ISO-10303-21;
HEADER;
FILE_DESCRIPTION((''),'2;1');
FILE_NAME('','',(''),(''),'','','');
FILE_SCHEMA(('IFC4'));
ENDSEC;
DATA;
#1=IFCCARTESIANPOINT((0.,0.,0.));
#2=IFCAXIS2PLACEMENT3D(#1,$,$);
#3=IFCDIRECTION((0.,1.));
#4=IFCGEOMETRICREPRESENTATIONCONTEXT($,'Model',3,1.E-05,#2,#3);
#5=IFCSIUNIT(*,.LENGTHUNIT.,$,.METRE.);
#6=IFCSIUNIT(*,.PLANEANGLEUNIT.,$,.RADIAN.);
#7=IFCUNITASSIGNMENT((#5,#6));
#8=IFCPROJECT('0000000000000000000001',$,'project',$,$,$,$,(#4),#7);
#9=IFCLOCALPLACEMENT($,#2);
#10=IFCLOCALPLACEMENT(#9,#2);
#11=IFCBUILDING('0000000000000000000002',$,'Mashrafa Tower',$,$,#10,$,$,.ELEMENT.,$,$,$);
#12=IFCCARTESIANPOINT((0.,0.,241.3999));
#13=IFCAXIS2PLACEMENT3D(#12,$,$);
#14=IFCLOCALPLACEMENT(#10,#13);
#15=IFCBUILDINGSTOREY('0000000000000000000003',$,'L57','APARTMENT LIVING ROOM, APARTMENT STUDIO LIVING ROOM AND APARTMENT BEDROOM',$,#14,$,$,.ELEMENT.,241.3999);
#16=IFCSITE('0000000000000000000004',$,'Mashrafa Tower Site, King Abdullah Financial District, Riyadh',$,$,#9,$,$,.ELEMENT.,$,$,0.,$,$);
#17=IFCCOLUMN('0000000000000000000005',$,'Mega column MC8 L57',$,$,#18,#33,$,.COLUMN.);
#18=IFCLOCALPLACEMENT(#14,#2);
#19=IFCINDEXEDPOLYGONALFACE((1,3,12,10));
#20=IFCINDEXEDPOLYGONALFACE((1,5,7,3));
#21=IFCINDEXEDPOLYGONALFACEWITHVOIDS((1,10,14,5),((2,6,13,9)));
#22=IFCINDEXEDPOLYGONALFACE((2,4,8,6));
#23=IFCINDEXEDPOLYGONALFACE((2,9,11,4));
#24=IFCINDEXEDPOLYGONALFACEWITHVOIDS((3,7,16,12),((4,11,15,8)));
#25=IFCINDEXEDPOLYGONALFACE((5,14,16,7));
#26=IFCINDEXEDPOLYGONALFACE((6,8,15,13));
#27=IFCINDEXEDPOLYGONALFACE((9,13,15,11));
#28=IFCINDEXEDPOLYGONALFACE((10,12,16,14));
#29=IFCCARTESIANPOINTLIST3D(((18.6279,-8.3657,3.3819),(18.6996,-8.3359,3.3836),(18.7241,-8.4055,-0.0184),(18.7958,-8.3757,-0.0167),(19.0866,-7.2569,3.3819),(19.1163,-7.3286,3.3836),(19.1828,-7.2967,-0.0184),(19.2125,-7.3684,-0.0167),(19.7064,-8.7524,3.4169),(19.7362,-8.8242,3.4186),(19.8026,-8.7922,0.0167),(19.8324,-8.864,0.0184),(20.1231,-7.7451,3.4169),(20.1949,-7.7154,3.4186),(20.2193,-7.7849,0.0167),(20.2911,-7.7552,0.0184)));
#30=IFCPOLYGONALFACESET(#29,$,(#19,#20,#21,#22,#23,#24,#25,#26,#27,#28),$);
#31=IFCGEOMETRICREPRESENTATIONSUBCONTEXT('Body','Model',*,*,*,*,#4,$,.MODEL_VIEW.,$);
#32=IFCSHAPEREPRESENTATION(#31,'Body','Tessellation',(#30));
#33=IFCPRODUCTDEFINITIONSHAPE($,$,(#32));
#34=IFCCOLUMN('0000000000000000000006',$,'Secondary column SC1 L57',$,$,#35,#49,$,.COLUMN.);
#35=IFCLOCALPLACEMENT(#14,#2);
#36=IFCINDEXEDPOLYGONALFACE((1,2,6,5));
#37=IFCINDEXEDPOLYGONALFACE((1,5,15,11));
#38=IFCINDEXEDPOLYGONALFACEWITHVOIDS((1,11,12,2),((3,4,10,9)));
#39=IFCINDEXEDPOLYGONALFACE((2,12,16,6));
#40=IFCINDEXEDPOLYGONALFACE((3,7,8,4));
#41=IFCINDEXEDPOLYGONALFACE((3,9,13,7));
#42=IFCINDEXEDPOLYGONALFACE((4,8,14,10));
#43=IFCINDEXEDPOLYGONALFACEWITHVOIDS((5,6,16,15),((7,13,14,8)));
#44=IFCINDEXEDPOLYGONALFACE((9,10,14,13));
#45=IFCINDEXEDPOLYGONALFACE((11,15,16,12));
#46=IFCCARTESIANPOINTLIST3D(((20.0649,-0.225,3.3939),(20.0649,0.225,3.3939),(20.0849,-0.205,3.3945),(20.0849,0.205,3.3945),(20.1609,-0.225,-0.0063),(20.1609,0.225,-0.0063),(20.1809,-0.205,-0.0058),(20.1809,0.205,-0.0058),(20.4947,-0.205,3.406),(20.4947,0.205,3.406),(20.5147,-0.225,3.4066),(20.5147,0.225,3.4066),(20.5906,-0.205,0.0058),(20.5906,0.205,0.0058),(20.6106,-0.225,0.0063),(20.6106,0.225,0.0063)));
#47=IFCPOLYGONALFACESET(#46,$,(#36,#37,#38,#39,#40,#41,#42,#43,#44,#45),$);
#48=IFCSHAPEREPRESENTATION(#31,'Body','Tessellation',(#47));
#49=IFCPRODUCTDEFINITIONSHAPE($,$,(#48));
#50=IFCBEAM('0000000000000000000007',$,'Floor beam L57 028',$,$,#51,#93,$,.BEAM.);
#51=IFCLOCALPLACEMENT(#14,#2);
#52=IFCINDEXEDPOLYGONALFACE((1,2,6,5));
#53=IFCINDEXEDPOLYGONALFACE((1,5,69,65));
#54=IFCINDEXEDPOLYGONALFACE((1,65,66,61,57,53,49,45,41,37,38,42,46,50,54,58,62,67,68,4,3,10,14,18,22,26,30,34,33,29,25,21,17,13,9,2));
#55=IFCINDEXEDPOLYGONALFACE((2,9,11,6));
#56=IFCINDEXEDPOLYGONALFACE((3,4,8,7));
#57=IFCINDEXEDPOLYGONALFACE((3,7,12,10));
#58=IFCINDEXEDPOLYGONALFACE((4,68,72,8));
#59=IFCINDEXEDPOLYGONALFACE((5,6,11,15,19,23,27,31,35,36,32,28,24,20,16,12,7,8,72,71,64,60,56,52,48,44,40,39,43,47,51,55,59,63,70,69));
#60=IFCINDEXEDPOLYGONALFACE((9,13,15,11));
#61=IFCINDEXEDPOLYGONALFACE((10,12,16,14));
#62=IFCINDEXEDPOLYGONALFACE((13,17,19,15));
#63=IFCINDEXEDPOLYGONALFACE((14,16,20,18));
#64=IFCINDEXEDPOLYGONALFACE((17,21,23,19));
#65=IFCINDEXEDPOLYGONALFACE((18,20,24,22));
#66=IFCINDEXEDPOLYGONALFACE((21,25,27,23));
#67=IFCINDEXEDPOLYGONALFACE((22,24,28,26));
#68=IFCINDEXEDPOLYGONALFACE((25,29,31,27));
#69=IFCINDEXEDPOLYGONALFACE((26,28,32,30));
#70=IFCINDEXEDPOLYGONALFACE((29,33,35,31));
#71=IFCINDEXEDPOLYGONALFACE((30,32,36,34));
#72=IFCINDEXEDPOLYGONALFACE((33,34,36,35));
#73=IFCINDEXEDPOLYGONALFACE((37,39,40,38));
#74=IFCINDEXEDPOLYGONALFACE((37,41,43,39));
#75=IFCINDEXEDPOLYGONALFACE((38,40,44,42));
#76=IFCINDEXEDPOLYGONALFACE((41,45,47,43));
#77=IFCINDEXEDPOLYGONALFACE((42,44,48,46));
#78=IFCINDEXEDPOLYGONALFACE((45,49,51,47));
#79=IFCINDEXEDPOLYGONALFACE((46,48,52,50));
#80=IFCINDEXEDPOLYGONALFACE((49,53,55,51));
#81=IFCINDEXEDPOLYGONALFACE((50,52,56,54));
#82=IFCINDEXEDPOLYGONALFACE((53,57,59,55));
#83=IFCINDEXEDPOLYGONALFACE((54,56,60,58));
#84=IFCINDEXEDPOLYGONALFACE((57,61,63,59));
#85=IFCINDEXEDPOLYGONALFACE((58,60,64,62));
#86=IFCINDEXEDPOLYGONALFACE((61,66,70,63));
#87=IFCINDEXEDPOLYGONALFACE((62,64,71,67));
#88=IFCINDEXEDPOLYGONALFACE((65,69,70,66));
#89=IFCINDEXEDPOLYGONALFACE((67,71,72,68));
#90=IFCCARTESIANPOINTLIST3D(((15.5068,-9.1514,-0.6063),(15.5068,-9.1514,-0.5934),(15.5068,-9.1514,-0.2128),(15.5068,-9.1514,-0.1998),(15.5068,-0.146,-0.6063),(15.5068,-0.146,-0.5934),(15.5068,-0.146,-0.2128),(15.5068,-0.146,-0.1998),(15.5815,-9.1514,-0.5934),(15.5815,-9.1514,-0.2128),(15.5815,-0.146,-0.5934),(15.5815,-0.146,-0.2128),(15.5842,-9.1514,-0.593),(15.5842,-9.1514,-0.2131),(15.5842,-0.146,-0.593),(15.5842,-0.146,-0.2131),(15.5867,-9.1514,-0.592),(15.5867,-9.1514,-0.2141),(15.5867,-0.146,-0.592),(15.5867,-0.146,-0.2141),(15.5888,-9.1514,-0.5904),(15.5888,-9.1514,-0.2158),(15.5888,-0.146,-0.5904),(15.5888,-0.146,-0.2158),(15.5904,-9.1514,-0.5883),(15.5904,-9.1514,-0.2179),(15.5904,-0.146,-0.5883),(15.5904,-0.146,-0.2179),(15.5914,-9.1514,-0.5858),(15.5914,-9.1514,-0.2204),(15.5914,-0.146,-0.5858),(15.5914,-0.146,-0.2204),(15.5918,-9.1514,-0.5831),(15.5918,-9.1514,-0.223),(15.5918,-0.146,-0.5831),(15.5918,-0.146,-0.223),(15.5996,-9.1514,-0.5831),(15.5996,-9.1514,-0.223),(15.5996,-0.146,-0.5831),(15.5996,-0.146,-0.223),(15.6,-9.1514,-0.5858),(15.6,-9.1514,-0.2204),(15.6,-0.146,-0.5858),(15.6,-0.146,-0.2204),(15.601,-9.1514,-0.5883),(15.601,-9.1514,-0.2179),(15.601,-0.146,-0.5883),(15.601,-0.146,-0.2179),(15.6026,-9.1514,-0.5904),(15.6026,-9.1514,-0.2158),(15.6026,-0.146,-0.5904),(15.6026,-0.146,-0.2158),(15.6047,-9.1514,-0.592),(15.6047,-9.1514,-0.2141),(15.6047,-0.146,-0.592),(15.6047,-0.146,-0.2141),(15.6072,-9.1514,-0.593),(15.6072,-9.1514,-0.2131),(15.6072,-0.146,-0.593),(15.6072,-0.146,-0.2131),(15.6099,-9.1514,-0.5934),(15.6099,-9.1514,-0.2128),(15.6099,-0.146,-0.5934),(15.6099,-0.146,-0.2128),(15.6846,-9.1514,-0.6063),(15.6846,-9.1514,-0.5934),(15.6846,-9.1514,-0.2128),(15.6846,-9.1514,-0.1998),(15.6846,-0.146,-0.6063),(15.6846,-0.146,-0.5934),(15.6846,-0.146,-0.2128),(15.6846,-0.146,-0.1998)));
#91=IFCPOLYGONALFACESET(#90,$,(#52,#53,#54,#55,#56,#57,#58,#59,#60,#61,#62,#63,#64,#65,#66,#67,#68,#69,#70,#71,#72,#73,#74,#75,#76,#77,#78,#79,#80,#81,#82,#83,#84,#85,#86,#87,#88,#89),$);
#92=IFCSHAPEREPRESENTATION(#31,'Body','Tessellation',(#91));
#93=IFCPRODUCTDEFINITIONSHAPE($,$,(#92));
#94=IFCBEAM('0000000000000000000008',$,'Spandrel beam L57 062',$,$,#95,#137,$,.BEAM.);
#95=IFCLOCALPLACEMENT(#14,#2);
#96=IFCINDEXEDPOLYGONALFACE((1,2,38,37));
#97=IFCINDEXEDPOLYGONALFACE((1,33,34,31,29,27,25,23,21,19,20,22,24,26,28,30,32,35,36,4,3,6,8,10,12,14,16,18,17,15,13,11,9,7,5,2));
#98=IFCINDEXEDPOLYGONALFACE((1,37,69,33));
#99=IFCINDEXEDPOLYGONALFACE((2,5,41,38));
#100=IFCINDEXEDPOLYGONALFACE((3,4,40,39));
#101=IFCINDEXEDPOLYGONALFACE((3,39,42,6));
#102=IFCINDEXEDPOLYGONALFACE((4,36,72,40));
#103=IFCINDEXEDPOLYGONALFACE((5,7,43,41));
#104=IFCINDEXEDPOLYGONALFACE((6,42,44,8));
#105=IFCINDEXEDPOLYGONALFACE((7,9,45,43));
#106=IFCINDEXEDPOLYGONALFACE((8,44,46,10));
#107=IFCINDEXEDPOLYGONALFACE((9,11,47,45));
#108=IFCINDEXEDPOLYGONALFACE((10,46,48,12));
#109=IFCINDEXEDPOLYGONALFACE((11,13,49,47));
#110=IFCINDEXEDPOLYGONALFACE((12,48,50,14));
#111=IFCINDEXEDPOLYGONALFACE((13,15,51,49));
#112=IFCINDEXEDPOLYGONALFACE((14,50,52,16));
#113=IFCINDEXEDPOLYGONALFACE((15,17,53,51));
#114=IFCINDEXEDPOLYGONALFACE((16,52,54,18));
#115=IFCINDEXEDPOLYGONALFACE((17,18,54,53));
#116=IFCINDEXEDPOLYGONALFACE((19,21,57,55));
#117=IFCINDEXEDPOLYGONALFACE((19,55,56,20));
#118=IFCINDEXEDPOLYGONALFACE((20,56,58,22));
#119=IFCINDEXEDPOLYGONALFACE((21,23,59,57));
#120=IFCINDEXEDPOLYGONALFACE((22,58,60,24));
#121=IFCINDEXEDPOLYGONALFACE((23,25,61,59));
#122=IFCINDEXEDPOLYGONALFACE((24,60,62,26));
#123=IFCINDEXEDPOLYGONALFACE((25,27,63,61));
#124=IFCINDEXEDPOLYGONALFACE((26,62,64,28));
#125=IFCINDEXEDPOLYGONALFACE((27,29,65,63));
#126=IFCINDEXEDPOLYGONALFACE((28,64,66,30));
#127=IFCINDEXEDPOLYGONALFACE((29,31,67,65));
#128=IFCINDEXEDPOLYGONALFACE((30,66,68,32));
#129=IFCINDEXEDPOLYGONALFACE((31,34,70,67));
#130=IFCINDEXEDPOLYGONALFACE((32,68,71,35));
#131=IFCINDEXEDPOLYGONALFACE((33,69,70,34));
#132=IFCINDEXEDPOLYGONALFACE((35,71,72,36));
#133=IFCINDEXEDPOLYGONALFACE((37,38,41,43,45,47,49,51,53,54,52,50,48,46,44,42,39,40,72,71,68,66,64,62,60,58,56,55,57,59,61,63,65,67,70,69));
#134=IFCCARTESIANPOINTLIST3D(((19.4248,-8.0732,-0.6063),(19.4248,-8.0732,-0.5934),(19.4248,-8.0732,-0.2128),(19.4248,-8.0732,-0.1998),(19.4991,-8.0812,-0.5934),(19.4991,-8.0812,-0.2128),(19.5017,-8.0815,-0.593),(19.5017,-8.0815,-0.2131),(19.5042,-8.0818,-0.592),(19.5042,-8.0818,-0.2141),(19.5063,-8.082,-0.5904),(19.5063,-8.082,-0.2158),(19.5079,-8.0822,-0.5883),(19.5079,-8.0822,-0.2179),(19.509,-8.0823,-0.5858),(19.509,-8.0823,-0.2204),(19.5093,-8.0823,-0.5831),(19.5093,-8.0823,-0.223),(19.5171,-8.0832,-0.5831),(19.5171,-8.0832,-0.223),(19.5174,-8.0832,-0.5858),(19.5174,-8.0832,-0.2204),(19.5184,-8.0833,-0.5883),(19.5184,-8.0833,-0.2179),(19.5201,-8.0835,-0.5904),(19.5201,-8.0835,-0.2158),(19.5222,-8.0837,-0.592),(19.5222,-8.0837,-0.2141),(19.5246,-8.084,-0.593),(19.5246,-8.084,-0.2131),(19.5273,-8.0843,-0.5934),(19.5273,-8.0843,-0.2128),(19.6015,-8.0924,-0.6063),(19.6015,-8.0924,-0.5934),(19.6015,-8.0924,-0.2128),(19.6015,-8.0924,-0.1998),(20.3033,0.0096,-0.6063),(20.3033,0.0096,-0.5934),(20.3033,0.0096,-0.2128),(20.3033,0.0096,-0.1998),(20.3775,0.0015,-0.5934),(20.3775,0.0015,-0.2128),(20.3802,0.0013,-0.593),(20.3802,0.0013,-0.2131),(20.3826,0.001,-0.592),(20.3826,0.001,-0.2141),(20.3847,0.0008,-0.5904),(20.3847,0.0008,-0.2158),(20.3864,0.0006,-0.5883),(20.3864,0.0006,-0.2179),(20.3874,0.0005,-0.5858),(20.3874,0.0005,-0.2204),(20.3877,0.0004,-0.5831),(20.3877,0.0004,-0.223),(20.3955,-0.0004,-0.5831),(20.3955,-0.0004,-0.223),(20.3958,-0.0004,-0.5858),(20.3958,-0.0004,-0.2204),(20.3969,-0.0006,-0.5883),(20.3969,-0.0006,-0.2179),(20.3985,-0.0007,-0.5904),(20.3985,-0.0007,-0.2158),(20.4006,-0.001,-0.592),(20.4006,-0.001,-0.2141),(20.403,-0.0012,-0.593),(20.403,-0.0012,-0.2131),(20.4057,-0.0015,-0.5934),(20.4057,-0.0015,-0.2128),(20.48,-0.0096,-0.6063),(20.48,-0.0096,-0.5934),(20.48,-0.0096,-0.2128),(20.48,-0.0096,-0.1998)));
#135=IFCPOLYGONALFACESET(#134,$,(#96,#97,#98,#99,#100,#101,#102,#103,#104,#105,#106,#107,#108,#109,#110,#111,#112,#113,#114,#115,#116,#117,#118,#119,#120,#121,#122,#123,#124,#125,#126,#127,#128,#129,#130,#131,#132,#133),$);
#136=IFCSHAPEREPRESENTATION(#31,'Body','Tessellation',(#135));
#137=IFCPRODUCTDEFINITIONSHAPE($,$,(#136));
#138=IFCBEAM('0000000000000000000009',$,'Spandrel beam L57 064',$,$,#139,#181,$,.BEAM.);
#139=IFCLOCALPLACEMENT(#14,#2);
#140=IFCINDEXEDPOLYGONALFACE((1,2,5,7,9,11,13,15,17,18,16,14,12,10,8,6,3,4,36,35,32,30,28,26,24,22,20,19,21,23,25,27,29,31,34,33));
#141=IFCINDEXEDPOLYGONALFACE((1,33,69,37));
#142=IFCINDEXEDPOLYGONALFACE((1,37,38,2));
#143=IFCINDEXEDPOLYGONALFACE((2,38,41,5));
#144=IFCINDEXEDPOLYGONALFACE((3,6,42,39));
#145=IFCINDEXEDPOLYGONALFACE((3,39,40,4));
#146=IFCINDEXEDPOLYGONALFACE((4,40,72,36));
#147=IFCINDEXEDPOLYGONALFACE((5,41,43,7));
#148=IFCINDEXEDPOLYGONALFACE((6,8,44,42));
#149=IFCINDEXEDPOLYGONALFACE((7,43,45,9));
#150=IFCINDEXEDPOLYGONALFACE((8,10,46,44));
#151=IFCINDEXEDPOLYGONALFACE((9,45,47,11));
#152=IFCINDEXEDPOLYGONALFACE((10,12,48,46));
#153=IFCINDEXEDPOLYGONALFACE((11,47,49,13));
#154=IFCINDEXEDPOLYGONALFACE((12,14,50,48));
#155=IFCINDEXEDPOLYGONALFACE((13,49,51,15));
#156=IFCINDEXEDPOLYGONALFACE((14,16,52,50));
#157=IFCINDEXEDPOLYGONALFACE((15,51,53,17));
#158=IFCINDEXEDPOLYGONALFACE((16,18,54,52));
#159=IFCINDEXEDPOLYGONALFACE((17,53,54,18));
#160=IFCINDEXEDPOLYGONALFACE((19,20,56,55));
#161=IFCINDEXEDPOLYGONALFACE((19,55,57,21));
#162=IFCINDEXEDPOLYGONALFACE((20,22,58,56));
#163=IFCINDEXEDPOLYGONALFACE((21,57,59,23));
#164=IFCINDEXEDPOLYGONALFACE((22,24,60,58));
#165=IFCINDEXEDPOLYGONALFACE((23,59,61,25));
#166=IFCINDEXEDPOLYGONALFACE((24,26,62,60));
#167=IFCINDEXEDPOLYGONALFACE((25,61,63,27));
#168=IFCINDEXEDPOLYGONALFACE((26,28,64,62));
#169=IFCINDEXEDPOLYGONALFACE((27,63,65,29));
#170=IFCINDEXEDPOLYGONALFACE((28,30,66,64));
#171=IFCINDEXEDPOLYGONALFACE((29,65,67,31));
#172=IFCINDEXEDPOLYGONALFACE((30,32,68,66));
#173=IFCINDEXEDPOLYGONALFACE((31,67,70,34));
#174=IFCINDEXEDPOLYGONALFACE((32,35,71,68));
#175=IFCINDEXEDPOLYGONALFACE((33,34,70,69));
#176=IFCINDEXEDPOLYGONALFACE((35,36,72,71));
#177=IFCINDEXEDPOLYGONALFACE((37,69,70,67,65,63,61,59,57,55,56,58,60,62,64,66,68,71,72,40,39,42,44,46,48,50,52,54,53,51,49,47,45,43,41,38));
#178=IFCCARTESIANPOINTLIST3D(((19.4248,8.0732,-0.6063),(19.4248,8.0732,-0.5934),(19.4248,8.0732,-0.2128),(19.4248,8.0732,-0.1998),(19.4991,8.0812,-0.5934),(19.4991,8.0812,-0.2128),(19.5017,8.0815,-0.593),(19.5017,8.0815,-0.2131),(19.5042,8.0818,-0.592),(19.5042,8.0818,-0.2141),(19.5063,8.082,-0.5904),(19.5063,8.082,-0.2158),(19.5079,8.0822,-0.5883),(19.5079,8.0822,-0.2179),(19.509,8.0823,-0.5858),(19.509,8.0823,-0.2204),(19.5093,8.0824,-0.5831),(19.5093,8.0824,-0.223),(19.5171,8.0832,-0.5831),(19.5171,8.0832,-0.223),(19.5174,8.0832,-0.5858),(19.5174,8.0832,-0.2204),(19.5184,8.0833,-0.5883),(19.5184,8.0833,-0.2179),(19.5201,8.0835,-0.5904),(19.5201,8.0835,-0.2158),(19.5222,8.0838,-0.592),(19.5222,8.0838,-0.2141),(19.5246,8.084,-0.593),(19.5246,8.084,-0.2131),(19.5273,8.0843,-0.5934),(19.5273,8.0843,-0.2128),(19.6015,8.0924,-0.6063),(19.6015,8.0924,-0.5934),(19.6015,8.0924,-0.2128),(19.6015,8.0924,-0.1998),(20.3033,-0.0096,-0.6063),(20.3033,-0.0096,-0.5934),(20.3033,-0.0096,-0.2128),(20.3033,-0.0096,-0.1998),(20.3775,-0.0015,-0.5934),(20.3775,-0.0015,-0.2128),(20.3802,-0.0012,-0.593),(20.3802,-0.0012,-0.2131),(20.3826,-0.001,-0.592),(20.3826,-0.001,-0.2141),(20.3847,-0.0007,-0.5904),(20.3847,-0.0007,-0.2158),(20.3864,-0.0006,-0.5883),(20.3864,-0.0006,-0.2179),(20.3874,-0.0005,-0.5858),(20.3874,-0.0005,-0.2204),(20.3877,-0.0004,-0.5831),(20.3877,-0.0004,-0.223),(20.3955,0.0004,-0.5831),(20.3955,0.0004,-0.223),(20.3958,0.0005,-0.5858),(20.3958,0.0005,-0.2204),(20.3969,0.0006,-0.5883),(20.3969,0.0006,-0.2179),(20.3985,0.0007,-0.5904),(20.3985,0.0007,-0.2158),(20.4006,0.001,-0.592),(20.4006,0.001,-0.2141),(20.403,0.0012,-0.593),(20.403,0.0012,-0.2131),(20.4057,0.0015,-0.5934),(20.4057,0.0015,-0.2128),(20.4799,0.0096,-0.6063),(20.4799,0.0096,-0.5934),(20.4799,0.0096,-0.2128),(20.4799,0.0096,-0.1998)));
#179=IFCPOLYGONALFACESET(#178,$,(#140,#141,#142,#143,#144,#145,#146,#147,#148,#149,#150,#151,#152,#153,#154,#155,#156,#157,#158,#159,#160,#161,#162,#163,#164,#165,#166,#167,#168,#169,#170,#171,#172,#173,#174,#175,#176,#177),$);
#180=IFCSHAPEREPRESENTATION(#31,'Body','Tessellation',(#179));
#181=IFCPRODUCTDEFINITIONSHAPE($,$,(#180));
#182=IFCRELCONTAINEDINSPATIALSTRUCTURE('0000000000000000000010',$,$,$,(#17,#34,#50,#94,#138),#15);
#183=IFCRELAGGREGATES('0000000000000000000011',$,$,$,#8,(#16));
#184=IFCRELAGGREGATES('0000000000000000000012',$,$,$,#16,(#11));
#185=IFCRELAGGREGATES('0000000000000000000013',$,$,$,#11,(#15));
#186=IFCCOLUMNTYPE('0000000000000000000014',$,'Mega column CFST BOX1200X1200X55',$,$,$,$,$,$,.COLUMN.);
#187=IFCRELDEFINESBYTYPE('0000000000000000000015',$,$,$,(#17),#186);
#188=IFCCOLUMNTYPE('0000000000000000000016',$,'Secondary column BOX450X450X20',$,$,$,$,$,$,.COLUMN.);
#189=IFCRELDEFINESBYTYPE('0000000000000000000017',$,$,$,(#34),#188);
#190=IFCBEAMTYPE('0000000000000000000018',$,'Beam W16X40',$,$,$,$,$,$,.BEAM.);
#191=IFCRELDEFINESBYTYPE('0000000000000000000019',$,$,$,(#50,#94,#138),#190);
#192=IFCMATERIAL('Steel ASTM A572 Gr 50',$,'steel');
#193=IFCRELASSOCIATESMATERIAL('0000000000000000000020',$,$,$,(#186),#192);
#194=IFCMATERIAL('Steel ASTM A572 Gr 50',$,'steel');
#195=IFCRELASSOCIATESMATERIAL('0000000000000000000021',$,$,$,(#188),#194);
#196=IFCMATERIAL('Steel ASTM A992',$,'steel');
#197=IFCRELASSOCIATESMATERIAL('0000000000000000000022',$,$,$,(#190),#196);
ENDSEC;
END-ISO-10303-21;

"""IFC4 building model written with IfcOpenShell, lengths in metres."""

from ifc_helpers import new_model, si_unit, direction, frame, origin, origin_2d, place, context, subcontext, project, spatial, hollow_rectangle, i_section, extrude, material, material_profile, profile_set, type_object, element, save


model = new_model("IFC4")

# Units and contexts
model_context = context("Model", 3, precision=1e-05, world=origin(), true_north=direction((0.0, 1.0)))
body_context = subcontext(model_context, "Body", "Model", "MODEL_VIEW")
ifc_project = project(units=[si_unit("LENGTHUNIT", "METRE"), si_unit("PLANEANGLEUNIT", "RADIAN")], contexts=[model_context])

# Site, building, storey
site_placement = place(None, origin())
site = spatial("IfcSite", under=ifc_project, at=site_placement, Name="Mashrafa Tower Site, King Abdullah Financial District, Riyadh", CompositionType="ELEMENT", RefElevation=0.0)
building_placement = place(site_placement, origin())
building = spatial("IfcBuilding", under=site, at=building_placement, Name="Mashrafa Tower", CompositionType="ELEMENT")
storey_placement = place(building_placement, frame((0.0, 0.0, 241.3999)))
storey = spatial("IfcBuildingStorey", under=building, at=storey_placement, Name="L57", Description="APARTMENT LIVING ROOM, APARTMENT STUDIO LIVING ROOM AND APARTMENT BEDROOM", CompositionType="ELEMENT", Elevation=241.3999)

# Columns
ifc_material_1 = material(Name="Steel ASTM A572 Gr 50", Category="steel")
ifc_material_profile_1 = material_profile(ifc_material_1, hollow_rectangle(XDim=1.2, YDim=1.2, WallThickness=0.0549, at=origin_2d()), Name="BOX1200X1200X55")
ifc_profile_set_1 = profile_set([ifc_material_profile_1], Name="Steel ASTM A572 Gr 50")
column_type_1 = type_object("IfcColumnType", Name="Mega column CFST BOX1200X1200X55", PredefinedType="COLUMN", material=ifc_profile_set_1)
column_1_placement = place(storey_placement, frame((19.5076, -8.0803, 0.0), z_axis=(-0.028277, 0.011698, 0.999532), x_axis=(-0.382283, -0.924045, 0.0)))
element("IfcColumn", 1, at=column_1_placement, inside=storey, type_object=column_type_1, Name="Mega column MC8 L57", PredefinedType="COLUMN", context=body_context, shape_type="SweptSolid", body=[
    extrude(hollow_rectangle(XDim=1.2, YDim=1.2, WallThickness=0.0549, at=origin_2d()), origin(), (0.0, 0.0, 1.0), 3.4019),
])
ifc_material_2 = material(Name="Steel ASTM A572 Gr 50", Category="steel")
ifc_material_profile_2 = material_profile(ifc_material_2, hollow_rectangle(XDim=0.45, YDim=0.45, WallThickness=0.02, at=origin_2d()), Name="BOX450X450X20")
ifc_profile_set_2 = profile_set([ifc_material_profile_2], Name="Steel ASTM A572 Gr 50")
column_type_2 = type_object("IfcColumnType", Name="Secondary column BOX450X450X20", PredefinedType="COLUMN", material=ifc_profile_set_2)
column_2_placement = place(storey_placement, frame((20.3857, 0.0, 0.0), z_axis=(-0.028207, 0.0, 0.999602), x_axis=(0.0, -1.0, 0.0)))
element("IfcColumn", 2, at=column_2_placement, inside=storey, type_object=column_type_2, Name="Secondary column SC1 L57", PredefinedType="COLUMN", context=body_context, shape_type="SweptSolid", body=[
    extrude(hollow_rectangle(XDim=0.45, YDim=0.45, WallThickness=0.02, at=origin_2d()), origin(), (0.0, 0.0, 1.0), 3.4016),
])

# Beams
ifc_material_3 = material(Name="Steel ASTM A992", Category="steel")
ifc_material_profile_3 = material_profile(ifc_material_3, i_section(OverallWidth=0.1777, OverallDepth=0.4065, WebThickness=0.0078, FlangeThickness=0.0129, FilletRadius=0.0103, at=origin_2d()), Name="W16X40")
ifc_profile_set_3 = profile_set([ifc_material_profile_3], Name="Steel ASTM A992")
beam_type_1 = type_object("IfcBeamType", Name="Beam W16X40", PredefinedType="BEAM", material=ifc_profile_set_3)
beam_1_placement = place(storey_placement, frame((15.5957, -0.146, -0.4031), z_axis=(0.0, -1.0, 0.0), x_axis=(1.0, 0.0, 0.0)))
element("IfcBeam", 3, at=beam_1_placement, inside=storey, type_object=beam_type_1, Name="Floor beam L57 028", PredefinedType="BEAM", context=body_context, shape_type="SweptSolid", body=[
    extrude(i_section(OverallWidth=0.1777, OverallDepth=0.4065, WebThickness=0.0078, FlangeThickness=0.0129, FilletRadius=0.0103, at=origin_2d()), origin(), (0.0, 0.0, 1.0), 9.0054),
])
for number, where, z_axis, x_axis, name in (
    (4, (19.5132, -8.0828, -0.4031), (0.108042, 0.994146, 0.0), (-0.994146, 0.108042, 0.0), "Spandrel beam L57 062"),
    (5, (20.3916, 0.0, -0.4031), (-0.108042, 0.994146, 0.0), (-0.994146, -0.108042, 0.0), "Spandrel beam L57 064"),
):
    element("IfcBeam", number, at=place(storey_placement, frame(where, z_axis=z_axis, x_axis=x_axis)), inside=storey, type_object=beam_type_1, Name=name, PredefinedType="BEAM", context=body_context, shape_type="SweptSolid", body=[
        extrude(i_section(OverallWidth=0.1777, OverallDepth=0.4065, WebThickness=0.0078, FlangeThickness=0.0129, FilletRadius=0.0103, at=origin_2d()), origin(), (0.0, 0.0, 1.0), 8.1304),
    ])

save(model, "model.ifc")
